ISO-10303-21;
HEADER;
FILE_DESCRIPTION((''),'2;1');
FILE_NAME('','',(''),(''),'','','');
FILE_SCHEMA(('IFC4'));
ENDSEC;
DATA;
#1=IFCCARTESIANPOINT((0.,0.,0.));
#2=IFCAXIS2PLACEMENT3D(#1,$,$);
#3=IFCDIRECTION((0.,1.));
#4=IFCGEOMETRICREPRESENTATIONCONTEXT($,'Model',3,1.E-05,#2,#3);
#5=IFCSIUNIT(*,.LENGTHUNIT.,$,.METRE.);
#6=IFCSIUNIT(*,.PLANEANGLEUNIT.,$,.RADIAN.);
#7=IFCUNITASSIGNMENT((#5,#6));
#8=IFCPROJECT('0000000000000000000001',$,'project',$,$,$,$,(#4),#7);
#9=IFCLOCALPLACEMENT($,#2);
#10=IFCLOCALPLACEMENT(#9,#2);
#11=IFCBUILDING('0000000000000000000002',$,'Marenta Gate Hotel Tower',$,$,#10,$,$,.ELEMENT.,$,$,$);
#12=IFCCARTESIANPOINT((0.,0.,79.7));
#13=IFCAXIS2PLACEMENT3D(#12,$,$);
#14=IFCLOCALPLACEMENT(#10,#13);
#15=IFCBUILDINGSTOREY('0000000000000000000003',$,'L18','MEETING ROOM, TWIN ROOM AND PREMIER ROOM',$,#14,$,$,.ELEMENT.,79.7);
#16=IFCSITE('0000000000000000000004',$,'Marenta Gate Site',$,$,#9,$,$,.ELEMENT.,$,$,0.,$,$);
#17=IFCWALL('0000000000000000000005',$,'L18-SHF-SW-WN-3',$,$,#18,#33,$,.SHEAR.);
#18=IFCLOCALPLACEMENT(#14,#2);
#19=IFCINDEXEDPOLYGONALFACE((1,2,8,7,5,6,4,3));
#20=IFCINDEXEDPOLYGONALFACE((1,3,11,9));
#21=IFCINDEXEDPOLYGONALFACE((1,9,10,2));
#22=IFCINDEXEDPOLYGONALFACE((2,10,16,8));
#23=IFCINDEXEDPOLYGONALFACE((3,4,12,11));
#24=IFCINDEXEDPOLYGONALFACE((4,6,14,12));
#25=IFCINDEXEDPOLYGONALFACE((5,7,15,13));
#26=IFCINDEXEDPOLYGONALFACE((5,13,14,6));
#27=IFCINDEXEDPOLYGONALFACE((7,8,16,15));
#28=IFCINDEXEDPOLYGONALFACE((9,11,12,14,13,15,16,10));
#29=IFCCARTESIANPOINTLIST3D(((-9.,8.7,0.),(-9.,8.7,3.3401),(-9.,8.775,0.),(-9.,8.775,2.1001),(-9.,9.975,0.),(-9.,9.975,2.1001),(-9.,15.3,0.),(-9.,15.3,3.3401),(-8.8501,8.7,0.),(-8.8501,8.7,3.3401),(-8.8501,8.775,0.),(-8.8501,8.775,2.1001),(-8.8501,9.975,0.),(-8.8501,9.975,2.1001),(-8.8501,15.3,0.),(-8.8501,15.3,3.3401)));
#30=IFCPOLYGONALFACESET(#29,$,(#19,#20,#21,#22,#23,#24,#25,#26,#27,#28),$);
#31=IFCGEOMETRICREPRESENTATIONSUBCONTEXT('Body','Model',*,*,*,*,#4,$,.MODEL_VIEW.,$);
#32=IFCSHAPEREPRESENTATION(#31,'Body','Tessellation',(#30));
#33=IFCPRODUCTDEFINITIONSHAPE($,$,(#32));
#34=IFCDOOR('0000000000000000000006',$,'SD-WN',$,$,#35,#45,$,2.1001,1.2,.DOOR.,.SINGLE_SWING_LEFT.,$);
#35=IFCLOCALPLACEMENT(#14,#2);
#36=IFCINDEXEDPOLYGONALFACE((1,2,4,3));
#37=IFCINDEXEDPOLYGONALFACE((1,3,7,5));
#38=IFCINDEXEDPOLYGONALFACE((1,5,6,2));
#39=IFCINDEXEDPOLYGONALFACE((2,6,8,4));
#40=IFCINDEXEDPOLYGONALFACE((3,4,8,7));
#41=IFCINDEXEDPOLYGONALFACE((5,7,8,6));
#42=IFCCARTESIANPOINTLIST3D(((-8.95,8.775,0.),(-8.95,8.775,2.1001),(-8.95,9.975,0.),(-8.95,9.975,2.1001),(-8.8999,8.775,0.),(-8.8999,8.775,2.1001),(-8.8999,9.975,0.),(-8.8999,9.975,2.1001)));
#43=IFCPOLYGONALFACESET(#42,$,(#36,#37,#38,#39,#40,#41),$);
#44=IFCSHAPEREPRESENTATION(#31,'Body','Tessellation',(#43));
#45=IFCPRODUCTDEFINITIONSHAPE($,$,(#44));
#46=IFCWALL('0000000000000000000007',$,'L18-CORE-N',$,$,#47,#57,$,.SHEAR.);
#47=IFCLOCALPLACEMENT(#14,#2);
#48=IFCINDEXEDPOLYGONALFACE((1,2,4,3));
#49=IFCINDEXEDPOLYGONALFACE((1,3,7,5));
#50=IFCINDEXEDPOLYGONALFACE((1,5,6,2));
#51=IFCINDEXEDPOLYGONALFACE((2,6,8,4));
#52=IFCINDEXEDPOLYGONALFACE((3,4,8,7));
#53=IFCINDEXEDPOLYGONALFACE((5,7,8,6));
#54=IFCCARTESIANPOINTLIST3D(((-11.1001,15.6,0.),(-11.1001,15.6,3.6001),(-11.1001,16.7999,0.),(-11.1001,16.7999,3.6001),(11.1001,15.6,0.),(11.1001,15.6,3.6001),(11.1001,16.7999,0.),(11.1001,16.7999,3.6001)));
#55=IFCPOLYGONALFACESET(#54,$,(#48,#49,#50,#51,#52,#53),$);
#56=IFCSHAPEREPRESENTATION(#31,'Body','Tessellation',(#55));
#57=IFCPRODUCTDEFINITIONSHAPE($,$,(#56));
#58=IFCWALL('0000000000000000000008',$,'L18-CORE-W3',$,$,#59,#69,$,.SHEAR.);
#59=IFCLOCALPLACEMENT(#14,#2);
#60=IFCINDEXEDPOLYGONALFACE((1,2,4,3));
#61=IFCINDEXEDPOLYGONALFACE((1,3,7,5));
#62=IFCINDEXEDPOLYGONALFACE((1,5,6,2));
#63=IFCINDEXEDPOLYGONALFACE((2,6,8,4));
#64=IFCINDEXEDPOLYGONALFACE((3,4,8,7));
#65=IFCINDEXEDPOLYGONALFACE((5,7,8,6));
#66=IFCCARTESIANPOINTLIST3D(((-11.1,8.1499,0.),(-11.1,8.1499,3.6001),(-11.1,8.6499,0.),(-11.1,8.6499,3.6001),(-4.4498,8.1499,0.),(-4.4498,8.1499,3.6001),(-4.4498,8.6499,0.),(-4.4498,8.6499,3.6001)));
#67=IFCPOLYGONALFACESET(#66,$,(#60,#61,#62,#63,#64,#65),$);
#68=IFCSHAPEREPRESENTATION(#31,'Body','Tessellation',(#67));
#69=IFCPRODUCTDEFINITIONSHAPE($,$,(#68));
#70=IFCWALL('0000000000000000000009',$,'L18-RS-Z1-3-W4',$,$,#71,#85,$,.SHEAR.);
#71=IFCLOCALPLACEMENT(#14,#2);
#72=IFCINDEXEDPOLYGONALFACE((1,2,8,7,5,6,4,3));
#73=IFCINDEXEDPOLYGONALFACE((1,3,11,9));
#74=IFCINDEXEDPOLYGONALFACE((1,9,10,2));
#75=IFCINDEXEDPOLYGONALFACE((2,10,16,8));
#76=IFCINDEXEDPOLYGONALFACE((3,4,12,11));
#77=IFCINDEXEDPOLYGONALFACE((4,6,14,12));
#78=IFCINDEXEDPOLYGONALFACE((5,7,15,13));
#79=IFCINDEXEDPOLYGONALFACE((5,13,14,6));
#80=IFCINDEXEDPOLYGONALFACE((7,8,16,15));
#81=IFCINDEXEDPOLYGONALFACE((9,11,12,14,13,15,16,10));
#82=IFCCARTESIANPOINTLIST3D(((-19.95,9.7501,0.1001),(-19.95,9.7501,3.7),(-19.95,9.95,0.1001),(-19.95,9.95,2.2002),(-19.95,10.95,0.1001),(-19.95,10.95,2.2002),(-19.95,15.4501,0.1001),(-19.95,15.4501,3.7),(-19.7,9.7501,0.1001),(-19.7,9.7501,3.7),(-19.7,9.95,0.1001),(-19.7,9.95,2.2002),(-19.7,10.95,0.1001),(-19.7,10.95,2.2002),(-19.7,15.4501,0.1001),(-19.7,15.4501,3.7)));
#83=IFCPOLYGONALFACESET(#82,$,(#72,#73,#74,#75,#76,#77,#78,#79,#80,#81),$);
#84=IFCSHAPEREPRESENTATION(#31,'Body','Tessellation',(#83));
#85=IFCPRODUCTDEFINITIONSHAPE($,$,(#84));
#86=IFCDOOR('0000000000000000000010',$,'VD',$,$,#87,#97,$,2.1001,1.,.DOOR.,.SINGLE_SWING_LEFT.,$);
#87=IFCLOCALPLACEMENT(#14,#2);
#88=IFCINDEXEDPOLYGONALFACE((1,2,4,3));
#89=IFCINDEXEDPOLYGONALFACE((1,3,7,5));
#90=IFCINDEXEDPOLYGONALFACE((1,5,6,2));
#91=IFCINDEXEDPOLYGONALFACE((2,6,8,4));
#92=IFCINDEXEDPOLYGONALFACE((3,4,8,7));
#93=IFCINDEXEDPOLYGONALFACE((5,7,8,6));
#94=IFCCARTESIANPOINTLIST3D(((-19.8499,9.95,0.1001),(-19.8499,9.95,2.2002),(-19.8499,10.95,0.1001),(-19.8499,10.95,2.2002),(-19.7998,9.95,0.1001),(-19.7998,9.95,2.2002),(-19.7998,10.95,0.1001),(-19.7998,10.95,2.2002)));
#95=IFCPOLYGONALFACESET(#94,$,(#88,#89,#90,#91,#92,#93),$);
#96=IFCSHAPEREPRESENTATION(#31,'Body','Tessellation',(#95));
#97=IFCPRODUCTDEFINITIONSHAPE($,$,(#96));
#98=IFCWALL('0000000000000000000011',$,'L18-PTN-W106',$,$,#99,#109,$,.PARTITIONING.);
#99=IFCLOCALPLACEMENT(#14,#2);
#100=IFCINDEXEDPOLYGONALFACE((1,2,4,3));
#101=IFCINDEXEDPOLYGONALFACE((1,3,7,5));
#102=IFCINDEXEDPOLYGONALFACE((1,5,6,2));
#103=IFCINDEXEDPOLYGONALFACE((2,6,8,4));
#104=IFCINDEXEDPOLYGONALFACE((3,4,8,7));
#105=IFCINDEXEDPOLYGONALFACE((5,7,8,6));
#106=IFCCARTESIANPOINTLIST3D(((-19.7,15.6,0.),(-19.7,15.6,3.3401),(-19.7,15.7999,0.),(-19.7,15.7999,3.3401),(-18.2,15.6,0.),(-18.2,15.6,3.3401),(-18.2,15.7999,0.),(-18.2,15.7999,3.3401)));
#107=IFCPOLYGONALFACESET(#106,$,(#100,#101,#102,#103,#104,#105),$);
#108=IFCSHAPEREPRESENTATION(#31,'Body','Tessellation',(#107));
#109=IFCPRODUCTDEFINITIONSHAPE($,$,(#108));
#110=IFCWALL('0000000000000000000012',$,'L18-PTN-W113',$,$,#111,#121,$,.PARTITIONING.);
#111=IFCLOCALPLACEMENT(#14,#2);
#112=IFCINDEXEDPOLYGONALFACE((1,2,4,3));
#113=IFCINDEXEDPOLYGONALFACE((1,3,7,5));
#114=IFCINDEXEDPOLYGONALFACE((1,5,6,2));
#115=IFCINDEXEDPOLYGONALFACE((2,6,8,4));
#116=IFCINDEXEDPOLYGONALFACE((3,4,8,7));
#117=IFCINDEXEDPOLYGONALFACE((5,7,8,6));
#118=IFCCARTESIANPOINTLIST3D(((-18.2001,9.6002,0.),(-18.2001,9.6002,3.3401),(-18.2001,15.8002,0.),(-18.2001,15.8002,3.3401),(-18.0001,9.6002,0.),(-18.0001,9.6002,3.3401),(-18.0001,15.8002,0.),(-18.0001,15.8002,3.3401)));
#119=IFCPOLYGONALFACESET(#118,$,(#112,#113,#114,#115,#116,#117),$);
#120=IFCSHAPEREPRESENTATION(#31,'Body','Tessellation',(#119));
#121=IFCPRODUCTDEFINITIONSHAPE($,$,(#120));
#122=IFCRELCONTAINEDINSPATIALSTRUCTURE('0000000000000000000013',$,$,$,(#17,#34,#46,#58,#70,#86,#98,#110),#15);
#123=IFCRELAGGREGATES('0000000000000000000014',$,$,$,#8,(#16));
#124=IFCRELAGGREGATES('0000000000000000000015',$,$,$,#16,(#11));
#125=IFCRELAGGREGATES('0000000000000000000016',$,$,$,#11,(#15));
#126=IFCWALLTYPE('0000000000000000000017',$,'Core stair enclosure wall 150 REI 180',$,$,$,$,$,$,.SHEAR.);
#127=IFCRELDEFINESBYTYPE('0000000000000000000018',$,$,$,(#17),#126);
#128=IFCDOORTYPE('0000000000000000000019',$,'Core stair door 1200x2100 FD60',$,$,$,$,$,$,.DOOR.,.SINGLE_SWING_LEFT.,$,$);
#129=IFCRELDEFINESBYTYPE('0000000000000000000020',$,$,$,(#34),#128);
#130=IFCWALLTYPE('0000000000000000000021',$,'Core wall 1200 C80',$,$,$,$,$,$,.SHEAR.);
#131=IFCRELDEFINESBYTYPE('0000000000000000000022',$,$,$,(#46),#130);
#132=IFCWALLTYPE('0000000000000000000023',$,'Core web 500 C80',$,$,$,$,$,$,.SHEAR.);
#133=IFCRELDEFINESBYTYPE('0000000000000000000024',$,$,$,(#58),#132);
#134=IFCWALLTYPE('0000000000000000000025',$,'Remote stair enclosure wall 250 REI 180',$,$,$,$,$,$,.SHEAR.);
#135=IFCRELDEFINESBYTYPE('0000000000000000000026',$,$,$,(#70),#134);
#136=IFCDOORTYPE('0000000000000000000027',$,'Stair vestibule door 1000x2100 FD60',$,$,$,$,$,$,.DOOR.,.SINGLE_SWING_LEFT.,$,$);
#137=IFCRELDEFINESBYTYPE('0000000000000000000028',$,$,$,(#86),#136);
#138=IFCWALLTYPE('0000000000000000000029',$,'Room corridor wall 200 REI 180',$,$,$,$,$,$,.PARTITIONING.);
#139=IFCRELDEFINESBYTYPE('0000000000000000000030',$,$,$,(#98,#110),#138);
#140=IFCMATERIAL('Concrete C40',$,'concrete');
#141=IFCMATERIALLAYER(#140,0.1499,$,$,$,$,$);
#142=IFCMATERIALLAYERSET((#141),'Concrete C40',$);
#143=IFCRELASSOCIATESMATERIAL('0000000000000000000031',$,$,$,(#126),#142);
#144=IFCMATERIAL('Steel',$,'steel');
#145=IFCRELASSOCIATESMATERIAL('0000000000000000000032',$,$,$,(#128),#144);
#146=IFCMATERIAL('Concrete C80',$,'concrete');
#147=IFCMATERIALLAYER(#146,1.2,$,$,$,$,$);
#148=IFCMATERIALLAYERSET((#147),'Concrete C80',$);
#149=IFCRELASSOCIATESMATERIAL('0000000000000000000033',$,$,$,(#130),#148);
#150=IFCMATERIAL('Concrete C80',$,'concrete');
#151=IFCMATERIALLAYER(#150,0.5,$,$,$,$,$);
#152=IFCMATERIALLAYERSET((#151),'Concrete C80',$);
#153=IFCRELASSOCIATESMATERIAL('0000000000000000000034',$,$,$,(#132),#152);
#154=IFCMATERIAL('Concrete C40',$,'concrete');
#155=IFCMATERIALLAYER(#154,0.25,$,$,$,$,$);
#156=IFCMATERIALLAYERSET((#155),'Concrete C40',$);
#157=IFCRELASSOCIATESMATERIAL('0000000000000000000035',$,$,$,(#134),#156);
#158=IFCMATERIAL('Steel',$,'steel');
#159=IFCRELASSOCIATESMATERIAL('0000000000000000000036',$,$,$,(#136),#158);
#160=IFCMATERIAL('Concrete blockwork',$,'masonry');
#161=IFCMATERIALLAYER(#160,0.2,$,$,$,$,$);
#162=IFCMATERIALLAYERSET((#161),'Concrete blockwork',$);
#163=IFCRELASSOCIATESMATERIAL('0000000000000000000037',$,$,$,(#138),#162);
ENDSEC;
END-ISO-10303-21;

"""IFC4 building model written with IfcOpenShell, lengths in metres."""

from ifc_helpers import new_model, si_unit, direction, frame, frame_2d, origin, place, context, subcontext, project, spatial, rectangle, extrude, material, layer, layer_set, type_object, element, fill, save


model = new_model("IFC4")

# Units and contexts
model_context = context("Model", 3, precision=1e-05, world=origin(), true_north=direction((0.0, 1.0)))
body_context = subcontext(model_context, "Body", "Model", "MODEL_VIEW")
ifc_project = project(units=[si_unit("LENGTHUNIT", "METRE"), si_unit("PLANEANGLEUNIT", "RADIAN")], contexts=[model_context])

# Site, building, storey
site_placement = place(None, origin())
site = spatial("IfcSite", under=ifc_project, at=site_placement, Name="Marenta Gate Site", CompositionType="ELEMENT", RefElevation=0.0)
building_placement = place(site_placement, origin())
building = spatial("IfcBuilding", under=site, at=building_placement, Name="Marenta Gate Hotel Tower", CompositionType="ELEMENT")
storey_placement = place(building_placement, frame((0.0, 0.0, 79.7)))
storey = spatial("IfcBuildingStorey", under=building, at=storey_placement, Name="L18", Description="MEETING ROOM, TWIN ROOM AND PREMIER ROOM", CompositionType="ELEMENT", Elevation=79.7)

# Wall, opening, door
ifc_material_1 = material(Name="Concrete C40", Category="concrete")
ifc_layer_1 = layer(ifc_material_1, 0.1499)
ifc_layer_set_1 = layer_set([ifc_layer_1], Name="Concrete C40")
wall_type_1 = type_object("IfcWallType", Name="Core stair enclosure wall 150 REI 180", PredefinedType="SHEAR", material=ifc_layer_set_1)
wall_1_placement = place(storey_placement, frame((-8.925, 8.7, 0.0), z_axis=(0.0, 0.0, 1.0), x_axis=(0.0, 1.0, 0.0)))
wall_1 = element("IfcWall", 1, at=wall_1_placement, inside=storey, type_object=wall_type_1, Name="L18-SHF-SW-WN-3", PredefinedType="SHEAR", context=body_context, shape_type="SweptSolid", body=[
    extrude(rectangle(XDim=6.6001, YDim=0.1499, at=frame_2d((3.3, 0.0))), origin(), (0.0, 0.0, 1.0), 3.3401),
])
opening_1_placement = place(wall_1_placement, frame((0.075, 0.0, 0.0)))
opening_1 = element("IfcOpeningElement", 2, at=opening_1_placement, cuts=wall_1, PredefinedType="OPENING", context=body_context, shape_type="SweptSolid", body=[
    extrude(rectangle(XDim=1.2, YDim=2.1001, at=frame_2d((0.6001, 1.05))), frame((0.0, 0.075, 0.0), z_axis=(0.0, -1.0, 0.0), x_axis=(1.0, 0.0, 0.0)), (0.0, 0.0, 1.0), 0.1499),
])
ifc_material_2 = material(Name="Steel", Category="steel")
door_type_1 = type_object("IfcDoorType", Name="Core stair door 1200x2100 FD60", OperationType="SINGLE_SWING_LEFT", PredefinedType="DOOR", material=ifc_material_2)
door_1_placement = place(opening_1_placement, origin())
door_1 = element("IfcDoor", 3, at=door_1_placement, inside=storey, type_object=door_type_1, Name="SD-WN", OperationType="SINGLE_SWING_LEFT", OverallHeight=2.1001, OverallWidth=1.2, PredefinedType="DOOR", context=body_context, shape_type="SweptSolid", body=[
    extrude(rectangle(XDim=1.2, YDim=2.1001, at=frame_2d((0.6001, 1.05))), frame((0.0, 0.0249, 0.0), z_axis=(0.0, -1.0, 0.0), x_axis=(1.0, 0.0, 0.0)), (0.0, 0.0, 1.0), 0.05),
])
fill(opening_1, door_1)

# Walls
ifc_material_3 = material(Name="Concrete C80", Category="concrete")
ifc_layer_2 = layer(ifc_material_3, 1.2)
ifc_layer_set_2 = layer_set([ifc_layer_2], Name="Concrete C80")
wall_type_2 = type_object("IfcWallType", Name="Core wall 1200 C80", PredefinedType="SHEAR", material=ifc_layer_set_2)
wall_2_placement = place(storey_placement, frame((-11.1001, 16.2, 0.0), z_axis=(0.0, 0.0, 1.0), x_axis=(1.0, 0.0, 0.0)))
element("IfcWall", 4, at=wall_2_placement, inside=storey, type_object=wall_type_2, Name="L18-CORE-N", PredefinedType="SHEAR", context=body_context, shape_type="SweptSolid", body=[
    extrude(rectangle(XDim=22.2002, YDim=1.2, at=frame_2d((11.1001, 0.0))), origin(), (0.0, 0.0, 1.0), 3.6001),
])
ifc_material_4 = material(Name="Concrete C80", Category="concrete")
ifc_layer_3 = layer(ifc_material_4, 0.5)
ifc_layer_set_3 = layer_set([ifc_layer_3], Name="Concrete C80")
wall_type_3 = type_object("IfcWallType", Name="Core web 500 C80", PredefinedType="SHEAR", material=ifc_layer_set_3)
wall_3_placement = place(storey_placement, frame((-11.1001, 8.3999, 0.0), z_axis=(0.0, 0.0, 1.0), x_axis=(1.0, 0.0, 0.0)))
element("IfcWall", 5, at=wall_3_placement, inside=storey, type_object=wall_type_3, Name="L18-CORE-W3", PredefinedType="SHEAR", context=body_context, shape_type="SweptSolid", body=[
    extrude(rectangle(XDim=6.6501, YDim=0.5, at=frame_2d((3.3252, 0.0))), origin(), (0.0, 0.0, 1.0), 3.6001),
])

# Wall, opening, door
ifc_material_5 = material(Name="Concrete C40", Category="concrete")
ifc_layer_4 = layer(ifc_material_5, 0.25)
ifc_layer_set_4 = layer_set([ifc_layer_4], Name="Concrete C40")
wall_type_4 = type_object("IfcWallType", Name="Remote stair enclosure wall 250 REI 180", PredefinedType="SHEAR", material=ifc_layer_set_4)
wall_4_placement = place(storey_placement, frame((-19.825, 9.75, 0.1001), z_axis=(0.0, 0.0, 1.0), x_axis=(0.0, 1.0, 0.0)))
wall_4 = element("IfcWall", 6, at=wall_4_placement, inside=storey, type_object=wall_type_4, Name="L18-RS-Z1-3-W4", PredefinedType="SHEAR", context=body_context, shape_type="SweptSolid", body=[
    extrude(rectangle(XDim=5.7, YDim=0.25, at=frame_2d((2.8501, 0.0))), origin(), (0.0, 0.0, 1.0), 3.5999),
])
opening_2_placement = place(wall_4_placement, frame((0.2, 0.0, 0.0)))
opening_2 = element("IfcOpeningElement", 7, at=opening_2_placement, cuts=wall_4, PredefinedType="OPENING", context=body_context, shape_type="SweptSolid", body=[
    extrude(rectangle(XDim=1.0, YDim=2.1001, at=frame_2d((0.5, 1.05))), frame((0.0, 0.125, 0.0), z_axis=(0.0, -1.0, 0.0), x_axis=(1.0, 0.0, 0.0)), (0.0, 0.0, 1.0), 0.25),
])
ifc_material_6 = material(Name="Steel", Category="steel")
door_type_2 = type_object("IfcDoorType", Name="Stair vestibule door 1000x2100 FD60", OperationType="SINGLE_SWING_LEFT", PredefinedType="DOOR", material=ifc_material_6)
door_2_placement = place(opening_2_placement, origin())
door_2 = element("IfcDoor", 8, at=door_2_placement, inside=storey, type_object=door_type_2, Name="VD", OperationType="SINGLE_SWING_LEFT", OverallHeight=2.1001, OverallWidth=1.0, PredefinedType="DOOR", context=body_context, shape_type="SweptSolid", body=[
    extrude(rectangle(XDim=1.0, YDim=2.1001, at=frame_2d((0.5, 1.05))), frame((0.0, 0.0249, 0.0), z_axis=(0.0, -1.0, 0.0), x_axis=(1.0, 0.0, 0.0)), (0.0, 0.0, 1.0), 0.05),
])
fill(opening_2, door_2)
ifc_material_7 = material(Name="Concrete blockwork", Category="masonry")
ifc_layer_5 = layer(ifc_material_7, 0.2)
ifc_layer_set_5 = layer_set([ifc_layer_5], Name="Concrete blockwork")
wall_type_5 = type_object("IfcWallType", Name="Room corridor wall 200 REI 180", PredefinedType="PARTITIONING", material=ifc_layer_set_5)

# Walls
wall_5_placement = place(storey_placement, frame((-19.7, 15.7, 0.0), z_axis=(0.0, 0.0, 1.0), x_axis=(1.0, 0.0, 0.0)))
element("IfcWall", 9, at=wall_5_placement, inside=storey, type_object=wall_type_5, Name="L18-PTN-W106", PredefinedType="PARTITIONING", context=body_context, shape_type="SweptSolid", body=[
    extrude(rectangle(XDim=1.5, YDim=0.2, at=frame_2d((0.75, 0.0))), origin(), (0.0, 0.0, 1.0), 3.3401),
])
wall_6_placement = place(storey_placement, frame((-18.1001, 9.6001, 0.0), z_axis=(0.0, 0.0, 1.0), x_axis=(0.0, 1.0, 0.0)))
element("IfcWall", 10, at=wall_6_placement, inside=storey, type_object=wall_type_5, Name="L18-PTN-W113", PredefinedType="PARTITIONING", context=body_context, shape_type="SweptSolid", body=[
    extrude(rectangle(XDim=6.2, YDim=0.2, at=frame_2d((3.1001, 0.0))), origin(), (0.0, 0.0, 1.0), 3.3401),
])

save(model, "model.ifc")
